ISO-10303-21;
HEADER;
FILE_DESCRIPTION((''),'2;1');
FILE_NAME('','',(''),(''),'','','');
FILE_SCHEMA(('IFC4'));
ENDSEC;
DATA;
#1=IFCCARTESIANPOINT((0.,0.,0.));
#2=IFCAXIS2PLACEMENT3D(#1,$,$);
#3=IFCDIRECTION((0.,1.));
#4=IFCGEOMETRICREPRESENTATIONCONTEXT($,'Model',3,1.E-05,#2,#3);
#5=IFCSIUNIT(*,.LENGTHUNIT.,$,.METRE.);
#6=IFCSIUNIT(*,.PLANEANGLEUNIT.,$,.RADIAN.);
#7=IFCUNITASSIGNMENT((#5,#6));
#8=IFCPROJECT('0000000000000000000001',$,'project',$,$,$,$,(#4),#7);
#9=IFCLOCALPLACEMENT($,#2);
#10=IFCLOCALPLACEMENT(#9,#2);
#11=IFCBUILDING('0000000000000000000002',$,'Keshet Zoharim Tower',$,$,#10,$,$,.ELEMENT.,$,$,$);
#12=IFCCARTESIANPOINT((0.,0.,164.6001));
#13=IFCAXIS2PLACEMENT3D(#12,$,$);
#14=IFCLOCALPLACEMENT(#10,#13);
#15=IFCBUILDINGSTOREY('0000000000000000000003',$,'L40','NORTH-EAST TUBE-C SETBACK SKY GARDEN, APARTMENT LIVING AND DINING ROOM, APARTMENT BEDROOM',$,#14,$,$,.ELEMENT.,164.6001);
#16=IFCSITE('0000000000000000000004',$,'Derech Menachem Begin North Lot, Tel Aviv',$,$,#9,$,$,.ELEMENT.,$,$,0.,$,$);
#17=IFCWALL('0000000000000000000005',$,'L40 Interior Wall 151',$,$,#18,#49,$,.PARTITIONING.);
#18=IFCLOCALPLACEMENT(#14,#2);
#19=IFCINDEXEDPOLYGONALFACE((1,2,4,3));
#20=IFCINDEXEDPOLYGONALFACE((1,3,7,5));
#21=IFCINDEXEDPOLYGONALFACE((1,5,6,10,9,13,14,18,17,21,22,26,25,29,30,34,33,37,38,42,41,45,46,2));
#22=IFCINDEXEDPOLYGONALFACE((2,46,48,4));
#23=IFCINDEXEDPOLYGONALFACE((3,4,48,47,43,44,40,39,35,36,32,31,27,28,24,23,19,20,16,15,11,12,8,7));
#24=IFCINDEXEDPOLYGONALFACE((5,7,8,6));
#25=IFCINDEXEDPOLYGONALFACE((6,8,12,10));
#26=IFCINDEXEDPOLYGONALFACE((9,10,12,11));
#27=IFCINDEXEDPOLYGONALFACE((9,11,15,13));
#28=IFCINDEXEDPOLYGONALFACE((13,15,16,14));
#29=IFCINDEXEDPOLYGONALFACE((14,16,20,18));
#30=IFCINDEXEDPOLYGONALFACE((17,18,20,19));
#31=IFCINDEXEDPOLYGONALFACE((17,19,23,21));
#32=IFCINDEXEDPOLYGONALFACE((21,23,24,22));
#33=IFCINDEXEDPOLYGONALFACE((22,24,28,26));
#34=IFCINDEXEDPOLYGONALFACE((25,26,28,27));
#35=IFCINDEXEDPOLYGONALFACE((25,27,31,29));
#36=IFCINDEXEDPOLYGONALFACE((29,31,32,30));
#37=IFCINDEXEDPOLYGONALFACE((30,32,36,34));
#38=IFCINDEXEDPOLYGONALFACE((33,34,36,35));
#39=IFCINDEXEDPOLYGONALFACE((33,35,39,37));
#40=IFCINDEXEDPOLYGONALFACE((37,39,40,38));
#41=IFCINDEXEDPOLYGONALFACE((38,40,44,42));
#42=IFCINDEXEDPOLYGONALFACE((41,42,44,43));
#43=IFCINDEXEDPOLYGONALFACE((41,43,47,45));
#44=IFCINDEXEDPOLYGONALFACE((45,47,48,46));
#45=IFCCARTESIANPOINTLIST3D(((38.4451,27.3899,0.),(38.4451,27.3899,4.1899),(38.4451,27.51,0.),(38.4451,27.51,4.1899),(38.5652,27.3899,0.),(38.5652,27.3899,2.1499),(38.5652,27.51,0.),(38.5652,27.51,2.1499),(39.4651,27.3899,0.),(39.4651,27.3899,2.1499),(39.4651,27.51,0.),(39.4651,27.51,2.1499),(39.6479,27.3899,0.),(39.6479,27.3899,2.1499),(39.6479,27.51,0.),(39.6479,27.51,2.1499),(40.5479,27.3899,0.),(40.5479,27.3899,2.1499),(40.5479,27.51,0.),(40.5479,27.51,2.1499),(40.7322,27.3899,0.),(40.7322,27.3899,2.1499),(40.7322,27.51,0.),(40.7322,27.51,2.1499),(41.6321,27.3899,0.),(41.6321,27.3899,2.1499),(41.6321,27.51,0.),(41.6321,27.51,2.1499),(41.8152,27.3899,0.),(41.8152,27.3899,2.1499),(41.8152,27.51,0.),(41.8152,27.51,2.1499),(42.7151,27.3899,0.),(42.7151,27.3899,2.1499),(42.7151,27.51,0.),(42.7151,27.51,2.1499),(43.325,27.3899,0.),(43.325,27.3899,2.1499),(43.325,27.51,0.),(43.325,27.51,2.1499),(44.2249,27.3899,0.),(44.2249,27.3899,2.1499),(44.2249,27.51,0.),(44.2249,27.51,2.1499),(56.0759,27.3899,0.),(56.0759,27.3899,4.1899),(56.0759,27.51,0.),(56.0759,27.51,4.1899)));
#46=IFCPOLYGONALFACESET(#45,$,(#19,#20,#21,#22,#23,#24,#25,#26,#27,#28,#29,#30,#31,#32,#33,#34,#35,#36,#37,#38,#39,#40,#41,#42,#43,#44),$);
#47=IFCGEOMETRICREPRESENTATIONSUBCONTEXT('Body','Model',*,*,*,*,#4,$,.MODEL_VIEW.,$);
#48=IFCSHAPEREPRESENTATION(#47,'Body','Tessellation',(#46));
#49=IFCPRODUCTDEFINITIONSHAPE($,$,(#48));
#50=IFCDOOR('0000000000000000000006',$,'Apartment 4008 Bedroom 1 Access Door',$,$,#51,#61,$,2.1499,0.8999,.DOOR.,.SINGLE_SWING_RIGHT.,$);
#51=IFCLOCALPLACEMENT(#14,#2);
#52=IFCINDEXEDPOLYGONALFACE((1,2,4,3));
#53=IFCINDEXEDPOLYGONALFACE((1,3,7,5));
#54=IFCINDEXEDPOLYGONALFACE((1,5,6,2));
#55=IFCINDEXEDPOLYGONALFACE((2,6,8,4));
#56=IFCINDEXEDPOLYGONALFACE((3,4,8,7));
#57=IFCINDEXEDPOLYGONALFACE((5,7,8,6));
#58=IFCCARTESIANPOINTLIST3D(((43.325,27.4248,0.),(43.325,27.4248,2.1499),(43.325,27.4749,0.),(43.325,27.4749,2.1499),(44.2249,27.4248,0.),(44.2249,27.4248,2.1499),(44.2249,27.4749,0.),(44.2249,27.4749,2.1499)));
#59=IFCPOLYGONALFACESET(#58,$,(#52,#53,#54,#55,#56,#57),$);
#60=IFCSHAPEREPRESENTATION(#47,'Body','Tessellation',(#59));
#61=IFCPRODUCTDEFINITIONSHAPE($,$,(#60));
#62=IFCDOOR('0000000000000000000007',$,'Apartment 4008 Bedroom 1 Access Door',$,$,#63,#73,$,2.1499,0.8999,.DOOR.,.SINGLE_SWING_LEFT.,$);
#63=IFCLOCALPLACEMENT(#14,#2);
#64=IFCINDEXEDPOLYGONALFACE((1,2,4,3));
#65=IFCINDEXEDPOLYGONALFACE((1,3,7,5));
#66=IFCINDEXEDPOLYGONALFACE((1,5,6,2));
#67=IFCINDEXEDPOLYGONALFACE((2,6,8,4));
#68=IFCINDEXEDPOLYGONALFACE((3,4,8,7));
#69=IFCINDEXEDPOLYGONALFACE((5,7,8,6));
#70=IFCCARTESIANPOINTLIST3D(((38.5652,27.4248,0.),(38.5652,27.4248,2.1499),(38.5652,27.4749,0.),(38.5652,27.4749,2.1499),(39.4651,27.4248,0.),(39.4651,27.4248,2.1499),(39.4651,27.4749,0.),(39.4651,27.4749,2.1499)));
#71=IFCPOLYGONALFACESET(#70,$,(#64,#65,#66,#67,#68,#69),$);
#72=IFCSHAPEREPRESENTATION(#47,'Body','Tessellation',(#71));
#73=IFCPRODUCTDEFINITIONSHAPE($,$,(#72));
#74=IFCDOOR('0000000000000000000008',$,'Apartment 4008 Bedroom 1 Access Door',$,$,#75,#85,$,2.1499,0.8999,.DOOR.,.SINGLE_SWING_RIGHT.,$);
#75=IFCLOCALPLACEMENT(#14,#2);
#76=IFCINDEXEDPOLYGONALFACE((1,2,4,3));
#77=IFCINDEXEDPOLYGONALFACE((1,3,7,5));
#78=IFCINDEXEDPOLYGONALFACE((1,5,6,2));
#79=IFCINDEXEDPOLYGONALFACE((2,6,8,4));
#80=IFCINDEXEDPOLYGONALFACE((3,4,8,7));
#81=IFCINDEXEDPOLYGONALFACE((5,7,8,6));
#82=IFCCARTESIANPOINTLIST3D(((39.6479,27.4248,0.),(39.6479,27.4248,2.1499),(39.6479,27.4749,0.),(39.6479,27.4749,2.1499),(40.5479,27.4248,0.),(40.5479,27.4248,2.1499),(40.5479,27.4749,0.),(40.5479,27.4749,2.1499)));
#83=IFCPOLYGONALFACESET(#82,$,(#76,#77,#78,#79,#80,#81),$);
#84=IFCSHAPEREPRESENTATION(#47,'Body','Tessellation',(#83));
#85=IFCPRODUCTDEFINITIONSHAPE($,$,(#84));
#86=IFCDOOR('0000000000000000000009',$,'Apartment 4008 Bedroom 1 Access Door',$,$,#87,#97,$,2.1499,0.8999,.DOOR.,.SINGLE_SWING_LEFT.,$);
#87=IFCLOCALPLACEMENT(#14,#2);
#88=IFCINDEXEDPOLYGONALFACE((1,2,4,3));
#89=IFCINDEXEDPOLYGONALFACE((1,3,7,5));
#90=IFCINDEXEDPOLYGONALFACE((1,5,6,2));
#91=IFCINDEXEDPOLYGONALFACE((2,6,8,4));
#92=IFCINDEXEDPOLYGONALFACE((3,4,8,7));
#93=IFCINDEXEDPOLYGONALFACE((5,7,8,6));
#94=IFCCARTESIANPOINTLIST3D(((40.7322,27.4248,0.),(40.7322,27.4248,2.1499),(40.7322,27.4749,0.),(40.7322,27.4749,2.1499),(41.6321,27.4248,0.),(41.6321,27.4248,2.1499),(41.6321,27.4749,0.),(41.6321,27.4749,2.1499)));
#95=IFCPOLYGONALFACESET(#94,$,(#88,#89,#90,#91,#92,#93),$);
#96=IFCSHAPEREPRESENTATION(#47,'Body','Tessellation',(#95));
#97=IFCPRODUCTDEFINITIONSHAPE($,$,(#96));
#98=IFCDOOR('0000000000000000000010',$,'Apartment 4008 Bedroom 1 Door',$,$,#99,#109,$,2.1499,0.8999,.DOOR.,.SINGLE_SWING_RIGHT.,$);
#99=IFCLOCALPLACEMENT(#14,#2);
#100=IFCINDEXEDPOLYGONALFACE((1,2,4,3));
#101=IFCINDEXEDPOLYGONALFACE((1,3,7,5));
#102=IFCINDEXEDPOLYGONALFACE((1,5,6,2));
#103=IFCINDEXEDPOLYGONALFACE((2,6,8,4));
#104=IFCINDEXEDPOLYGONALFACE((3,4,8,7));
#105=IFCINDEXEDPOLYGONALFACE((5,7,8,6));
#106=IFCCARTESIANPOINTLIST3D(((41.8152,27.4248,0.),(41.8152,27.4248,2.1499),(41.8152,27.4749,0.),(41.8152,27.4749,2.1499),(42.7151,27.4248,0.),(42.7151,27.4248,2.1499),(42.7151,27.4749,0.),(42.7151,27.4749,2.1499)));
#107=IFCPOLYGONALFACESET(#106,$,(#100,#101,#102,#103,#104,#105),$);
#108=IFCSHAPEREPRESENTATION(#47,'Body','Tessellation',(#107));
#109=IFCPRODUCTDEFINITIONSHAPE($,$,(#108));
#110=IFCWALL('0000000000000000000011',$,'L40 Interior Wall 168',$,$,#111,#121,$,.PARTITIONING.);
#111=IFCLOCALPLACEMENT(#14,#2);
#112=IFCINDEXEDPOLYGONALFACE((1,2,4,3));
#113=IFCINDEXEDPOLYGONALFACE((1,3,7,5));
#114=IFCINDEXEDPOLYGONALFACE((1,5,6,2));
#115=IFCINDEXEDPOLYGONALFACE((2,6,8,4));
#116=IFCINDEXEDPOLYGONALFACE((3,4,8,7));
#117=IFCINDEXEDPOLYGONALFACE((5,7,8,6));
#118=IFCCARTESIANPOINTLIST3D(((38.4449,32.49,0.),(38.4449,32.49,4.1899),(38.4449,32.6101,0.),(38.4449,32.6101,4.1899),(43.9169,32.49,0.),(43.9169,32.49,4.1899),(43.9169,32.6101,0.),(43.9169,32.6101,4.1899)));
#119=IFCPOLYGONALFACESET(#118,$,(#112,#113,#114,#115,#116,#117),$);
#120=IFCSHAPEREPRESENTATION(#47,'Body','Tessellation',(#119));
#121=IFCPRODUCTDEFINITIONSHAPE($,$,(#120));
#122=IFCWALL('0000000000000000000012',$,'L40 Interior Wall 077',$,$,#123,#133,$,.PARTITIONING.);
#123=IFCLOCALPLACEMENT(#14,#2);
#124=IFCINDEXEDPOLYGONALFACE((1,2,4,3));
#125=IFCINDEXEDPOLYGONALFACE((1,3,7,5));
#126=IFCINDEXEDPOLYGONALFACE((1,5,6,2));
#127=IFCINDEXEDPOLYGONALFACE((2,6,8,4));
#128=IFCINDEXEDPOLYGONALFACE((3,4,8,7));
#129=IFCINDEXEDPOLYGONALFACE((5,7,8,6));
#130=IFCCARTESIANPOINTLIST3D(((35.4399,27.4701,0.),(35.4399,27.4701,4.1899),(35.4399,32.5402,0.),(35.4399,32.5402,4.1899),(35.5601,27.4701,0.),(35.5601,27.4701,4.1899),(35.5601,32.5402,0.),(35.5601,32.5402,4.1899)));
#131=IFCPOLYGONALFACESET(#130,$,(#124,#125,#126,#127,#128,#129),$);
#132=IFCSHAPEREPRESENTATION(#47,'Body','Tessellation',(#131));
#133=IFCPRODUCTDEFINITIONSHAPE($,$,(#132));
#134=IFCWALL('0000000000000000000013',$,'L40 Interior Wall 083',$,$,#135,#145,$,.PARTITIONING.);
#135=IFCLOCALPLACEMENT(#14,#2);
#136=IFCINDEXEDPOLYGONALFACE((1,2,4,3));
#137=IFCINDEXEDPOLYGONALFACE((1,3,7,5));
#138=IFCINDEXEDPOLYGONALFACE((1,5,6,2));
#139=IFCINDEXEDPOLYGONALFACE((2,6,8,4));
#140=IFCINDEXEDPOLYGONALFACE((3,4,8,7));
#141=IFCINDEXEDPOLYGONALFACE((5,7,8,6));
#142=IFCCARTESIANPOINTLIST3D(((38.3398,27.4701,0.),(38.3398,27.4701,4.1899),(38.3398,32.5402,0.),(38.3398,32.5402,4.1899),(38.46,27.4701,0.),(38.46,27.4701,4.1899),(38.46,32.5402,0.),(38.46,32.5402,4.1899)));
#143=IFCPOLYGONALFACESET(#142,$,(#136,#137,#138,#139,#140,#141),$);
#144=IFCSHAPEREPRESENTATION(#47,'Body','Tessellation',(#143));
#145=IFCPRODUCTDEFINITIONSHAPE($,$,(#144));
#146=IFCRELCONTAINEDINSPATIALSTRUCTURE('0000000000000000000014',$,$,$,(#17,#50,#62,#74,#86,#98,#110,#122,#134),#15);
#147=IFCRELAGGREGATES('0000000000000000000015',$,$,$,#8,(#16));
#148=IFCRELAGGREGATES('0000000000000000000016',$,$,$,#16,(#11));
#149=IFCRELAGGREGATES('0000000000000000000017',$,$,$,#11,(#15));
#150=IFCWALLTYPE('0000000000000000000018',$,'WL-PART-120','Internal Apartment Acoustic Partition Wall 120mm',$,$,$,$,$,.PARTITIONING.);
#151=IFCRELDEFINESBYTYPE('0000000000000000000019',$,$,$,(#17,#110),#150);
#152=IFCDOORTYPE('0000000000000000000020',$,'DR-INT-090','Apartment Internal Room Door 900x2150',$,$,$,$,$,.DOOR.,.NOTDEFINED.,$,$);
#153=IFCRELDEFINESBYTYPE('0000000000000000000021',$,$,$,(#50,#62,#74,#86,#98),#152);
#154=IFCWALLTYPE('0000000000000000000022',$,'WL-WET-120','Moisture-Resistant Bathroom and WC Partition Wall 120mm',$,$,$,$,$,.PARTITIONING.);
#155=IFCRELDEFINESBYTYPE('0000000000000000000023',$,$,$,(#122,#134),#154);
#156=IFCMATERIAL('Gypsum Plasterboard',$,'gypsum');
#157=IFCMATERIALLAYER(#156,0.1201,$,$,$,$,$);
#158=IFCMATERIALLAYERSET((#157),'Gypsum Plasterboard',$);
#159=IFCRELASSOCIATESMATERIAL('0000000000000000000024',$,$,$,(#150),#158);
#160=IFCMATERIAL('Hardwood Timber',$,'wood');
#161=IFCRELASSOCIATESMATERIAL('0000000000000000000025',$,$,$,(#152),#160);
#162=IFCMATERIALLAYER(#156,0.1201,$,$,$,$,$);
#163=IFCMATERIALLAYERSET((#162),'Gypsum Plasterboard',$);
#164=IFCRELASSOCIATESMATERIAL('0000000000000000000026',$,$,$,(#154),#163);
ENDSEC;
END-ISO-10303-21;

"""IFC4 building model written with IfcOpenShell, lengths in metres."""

from ifc_helpers import new_model, si_unit, direction, frame, frame_2d, origin, place, context, subcontext, project, spatial, rectangle, extrude, material, layer, layer_set, type_object, element, fill, save


model = new_model("IFC4")

# Units and contexts
model_context = context("Model", 3, precision=1e-05, world=origin(), true_north=direction((0.0, 1.0)))
body_context = subcontext(model_context, "Body", "Model", "MODEL_VIEW")
ifc_project = project(units=[si_unit("LENGTHUNIT", "METRE"), si_unit("PLANEANGLEUNIT", "RADIAN")], contexts=[model_context])

# Site, building, storey
site_placement = place(None, origin())
site = spatial("IfcSite", under=ifc_project, at=site_placement, Name="Derech Menachem Begin North Lot, Tel Aviv", CompositionType="ELEMENT", RefElevation=0.0)
building_placement = place(site_placement, origin())
building = spatial("IfcBuilding", under=site, at=building_placement, Name="Keshet Zoharim Tower", CompositionType="ELEMENT")
storey_placement = place(building_placement, frame((0.0, 0.0, 164.6001)))
storey = spatial("IfcBuildingStorey", under=building, at=storey_placement, Name="L40", Description="NORTH-EAST TUBE-C SETBACK SKY GARDEN, APARTMENT LIVING AND DINING ROOM, APARTMENT BEDROOM", CompositionType="ELEMENT", Elevation=164.6001)

# Wall, openings, doors
ifc_material_1 = material(Name="Gypsum Plasterboard", Category="gypsum")
ifc_layer_1 = layer(ifc_material_1, 0.1201)
ifc_layer_set_1 = layer_set([ifc_layer_1], Name="Gypsum Plasterboard")
wall_type_1 = type_object("IfcWallType", Name="WL-PART-120", Description="Internal Apartment Acoustic Partition Wall 120mm", PredefinedType="PARTITIONING", material=ifc_layer_set_1)
wall_1_placement = place(storey_placement, frame((38.4451, 27.45, 0.0), z_axis=(0.0, 0.0, 1.0), x_axis=(1.0, 0.0, 0.0)))
wall_1 = element("IfcWall", 1, at=wall_1_placement, inside=storey, type_object=wall_type_1, Name="L40 Interior Wall 151", PredefinedType="PARTITIONING", context=body_context, shape_type="SweptSolid", body=[
    extrude(rectangle(XDim=17.6309, YDim=0.1201, at=frame_2d((8.8154, 0.0))), origin(), (0.0, 0.0, 1.0), 4.1899),
])
opening_1_placement = place(wall_1_placement, frame((4.8799, 0.0, 0.0)))
opening_1 = element("IfcOpeningElement", 2, at=opening_1_placement, cuts=wall_1, PredefinedType="OPENING", context=body_context, shape_type="SweptSolid", body=[
    extrude(rectangle(XDim=0.8999, YDim=2.1499, at=frame_2d((0.45, 1.075))), frame((0.0, 0.0701, 0.0), z_axis=(0.0, -1.0, 0.0), x_axis=(1.0, 0.0, 0.0)), (0.0, 0.0, 1.0), 0.1401),
])
opening_2_placement = place(wall_1_placement, frame((0.1201, 0.0, 0.0)))
opening_2 = element("IfcOpeningElement", 3, at=opening_2_placement, cuts=wall_1, PredefinedType="OPENING", context=body_context, shape_type="SweptSolid", body=[
    extrude(rectangle(XDim=0.8999, YDim=2.1499, at=frame_2d((0.45, 1.075))), frame((0.0, 0.0701, 0.0), z_axis=(0.0, -1.0, 0.0), x_axis=(1.0, 0.0, 0.0)), (0.0, 0.0, 1.0), 0.1401),
])
opening_3_placement = place(wall_1_placement, frame((1.2029, 0.0, 0.0)))
opening_3 = element("IfcOpeningElement", 4, at=opening_3_placement, cuts=wall_1, PredefinedType="OPENING", context=body_context, shape_type="SweptSolid", body=[
    extrude(rectangle(XDim=0.8999, YDim=2.1499, at=frame_2d((0.45, 1.075))), frame((0.0, 0.0701, 0.0), z_axis=(0.0, -1.0, 0.0), x_axis=(1.0, 0.0, 0.0)), (0.0, 0.0, 1.0), 0.1401),
])
opening_4_placement = place(wall_1_placement, frame((2.2871, 0.0, 0.0)))
opening_4 = element("IfcOpeningElement", 5, at=opening_4_placement, cuts=wall_1, PredefinedType="OPENING", context=body_context, shape_type="SweptSolid", body=[
    extrude(rectangle(XDim=0.8999, YDim=2.1499, at=frame_2d((0.45, 1.075))), frame((0.0, 0.0701, 0.0), z_axis=(0.0, -1.0, 0.0), x_axis=(1.0, 0.0, 0.0)), (0.0, 0.0, 1.0), 0.1401),
])
opening_5_placement = place(wall_1_placement, frame((3.3701, 0.0, 0.0)))
opening_5 = element("IfcOpeningElement", 6, at=opening_5_placement, cuts=wall_1, PredefinedType="OPENING", context=body_context, shape_type="SweptSolid", body=[
    extrude(rectangle(XDim=0.8999, YDim=2.1499, at=frame_2d((0.45, 1.075))), frame((0.0, 0.0701, 0.0), z_axis=(0.0, -1.0, 0.0), x_axis=(1.0, 0.0, 0.0)), (0.0, 0.0, 1.0), 0.1401),
])
ifc_material_2 = material(Name="Hardwood Timber", Category="wood")
door_type_1 = type_object("IfcDoorType", Name="DR-INT-090", Description="Apartment Internal Room Door 900x2150", OperationType="NOTDEFINED", PredefinedType="DOOR", material=ifc_material_2)
door_1_placement = place(opening_1_placement, origin())
door_1 = element("IfcDoor", 7, at=door_1_placement, inside=storey, type_object=door_type_1, Name="Apartment 4008 Bedroom 1 Access Door", OperationType="SINGLE_SWING_RIGHT", OverallHeight=2.1499, OverallWidth=0.8999, PredefinedType="DOOR", context=body_context, shape_type="SweptSolid", body=[
    extrude(rectangle(XDim=0.8999, YDim=2.1499, at=frame_2d((0.45, 1.075))), frame((0.0, 0.0249, 0.0), z_axis=(0.0, -1.0, 0.0), x_axis=(1.0, 0.0, 0.0)), (0.0, 0.0, 1.0), 0.05),
])
fill(opening_1, door_1)
door_2_placement = place(opening_2_placement, origin())
door_2 = element("IfcDoor", 8, at=door_2_placement, inside=storey, type_object=door_type_1, Name="Apartment 4008 Bedroom 1 Access Door", OperationType="SINGLE_SWING_LEFT", OverallHeight=2.1499, OverallWidth=0.8999, PredefinedType="DOOR", context=body_context, shape_type="SweptSolid", body=[
    extrude(rectangle(XDim=0.8999, YDim=2.1499, at=frame_2d((0.45, 1.075))), frame((0.0, 0.0249, 0.0), z_axis=(0.0, -1.0, 0.0), x_axis=(1.0, 0.0, 0.0)), (0.0, 0.0, 1.0), 0.05),
])
fill(opening_2, door_2)
door_3_placement = place(opening_3_placement, origin())
door_3 = element("IfcDoor", 9, at=door_3_placement, inside=storey, type_object=door_type_1, Name="Apartment 4008 Bedroom 1 Access Door", OperationType="SINGLE_SWING_RIGHT", OverallHeight=2.1499, OverallWidth=0.8999, PredefinedType="DOOR", context=body_context, shape_type="SweptSolid", body=[
    extrude(rectangle(XDim=0.8999, YDim=2.1499, at=frame_2d((0.45, 1.075))), frame((0.0, 0.0249, 0.0), z_axis=(0.0, -1.0, 0.0), x_axis=(1.0, 0.0, 0.0)), (0.0, 0.0, 1.0), 0.05),
])
fill(opening_3, door_3)
door_4_placement = place(opening_4_placement, origin())
door_4 = element("IfcDoor", 10, at=door_4_placement, inside=storey, type_object=door_type_1, Name="Apartment 4008 Bedroom 1 Access Door", OperationType="SINGLE_SWING_LEFT", OverallHeight=2.1499, OverallWidth=0.8999, PredefinedType="DOOR", context=body_context, shape_type="SweptSolid", body=[
    extrude(rectangle(XDim=0.8999, YDim=2.1499, at=frame_2d((0.45, 1.075))), frame((0.0, 0.0249, 0.0), z_axis=(0.0, -1.0, 0.0), x_axis=(1.0, 0.0, 0.0)), (0.0, 0.0, 1.0), 0.05),
])
fill(opening_4, door_4)
door_5_placement = place(opening_5_placement, origin())
door_5 = element("IfcDoor", 11, at=door_5_placement, inside=storey, type_object=door_type_1, Name="Apartment 4008 Bedroom 1 Door", OperationType="SINGLE_SWING_RIGHT", OverallHeight=2.1499, OverallWidth=0.8999, PredefinedType="DOOR", context=body_context, shape_type="SweptSolid", body=[
    extrude(rectangle(XDim=0.8999, YDim=2.1499, at=frame_2d((0.45, 1.075))), frame((0.0, 0.0249, 0.0), z_axis=(0.0, -1.0, 0.0), x_axis=(1.0, 0.0, 0.0)), (0.0, 0.0, 1.0), 0.05),
])
fill(opening_5, door_5)

# Walls
wall_2_placement = place(storey_placement, frame((38.4451, 32.55, 0.0), z_axis=(0.0, 0.0, 1.0), x_axis=(1.0, 0.0, 0.0)))
element("IfcWall", 12, at=wall_2_placement, inside=storey, type_object=wall_type_1, Name="L40 Interior Wall 168", PredefinedType="PARTITIONING", context=body_context, shape_type="SweptSolid", body=[
    extrude(rectangle(XDim=5.4719, YDim=0.1201, at=frame_2d((2.7358, 0.0))), origin(), (0.0, 0.0, 1.0), 4.1899),
])
ifc_layer_2 = layer(ifc_material_1, 0.1201)
ifc_layer_set_2 = layer_set([ifc_layer_2], Name="Gypsum Plasterboard")
wall_type_2 = type_object("IfcWallType", Name="WL-WET-120", Description="Moisture-Resistant Bathroom and WC Partition Wall 120mm", PredefinedType="PARTITIONING", material=ifc_layer_set_2)
for number, where, z_axis, x_axis, name in (
    (13, (35.5, 27.47, 0.0), (0.0, 0.0, 1.0), (0.0, 1.0, 0.0), "L40 Interior Wall 077"),
    (14, (38.3999, 27.47, 0.0), (0.0, 0.0, 1.0), (0.0, 1.0, 0.0), "L40 Interior Wall 083"),
):
    element("IfcWall", number, at=place(storey_placement, frame(where, z_axis=z_axis, x_axis=x_axis)), inside=storey, type_object=wall_type_2, Name=name, PredefinedType="PARTITIONING", context=body_context, shape_type="SweptSolid", body=[
        extrude(rectangle(XDim=5.0701, YDim=0.1201, at=frame_2d((2.5352, 0.0))), origin(), (0.0, 0.0, 1.0), 4.1899),
    ])

save(model, "model.ifc")
